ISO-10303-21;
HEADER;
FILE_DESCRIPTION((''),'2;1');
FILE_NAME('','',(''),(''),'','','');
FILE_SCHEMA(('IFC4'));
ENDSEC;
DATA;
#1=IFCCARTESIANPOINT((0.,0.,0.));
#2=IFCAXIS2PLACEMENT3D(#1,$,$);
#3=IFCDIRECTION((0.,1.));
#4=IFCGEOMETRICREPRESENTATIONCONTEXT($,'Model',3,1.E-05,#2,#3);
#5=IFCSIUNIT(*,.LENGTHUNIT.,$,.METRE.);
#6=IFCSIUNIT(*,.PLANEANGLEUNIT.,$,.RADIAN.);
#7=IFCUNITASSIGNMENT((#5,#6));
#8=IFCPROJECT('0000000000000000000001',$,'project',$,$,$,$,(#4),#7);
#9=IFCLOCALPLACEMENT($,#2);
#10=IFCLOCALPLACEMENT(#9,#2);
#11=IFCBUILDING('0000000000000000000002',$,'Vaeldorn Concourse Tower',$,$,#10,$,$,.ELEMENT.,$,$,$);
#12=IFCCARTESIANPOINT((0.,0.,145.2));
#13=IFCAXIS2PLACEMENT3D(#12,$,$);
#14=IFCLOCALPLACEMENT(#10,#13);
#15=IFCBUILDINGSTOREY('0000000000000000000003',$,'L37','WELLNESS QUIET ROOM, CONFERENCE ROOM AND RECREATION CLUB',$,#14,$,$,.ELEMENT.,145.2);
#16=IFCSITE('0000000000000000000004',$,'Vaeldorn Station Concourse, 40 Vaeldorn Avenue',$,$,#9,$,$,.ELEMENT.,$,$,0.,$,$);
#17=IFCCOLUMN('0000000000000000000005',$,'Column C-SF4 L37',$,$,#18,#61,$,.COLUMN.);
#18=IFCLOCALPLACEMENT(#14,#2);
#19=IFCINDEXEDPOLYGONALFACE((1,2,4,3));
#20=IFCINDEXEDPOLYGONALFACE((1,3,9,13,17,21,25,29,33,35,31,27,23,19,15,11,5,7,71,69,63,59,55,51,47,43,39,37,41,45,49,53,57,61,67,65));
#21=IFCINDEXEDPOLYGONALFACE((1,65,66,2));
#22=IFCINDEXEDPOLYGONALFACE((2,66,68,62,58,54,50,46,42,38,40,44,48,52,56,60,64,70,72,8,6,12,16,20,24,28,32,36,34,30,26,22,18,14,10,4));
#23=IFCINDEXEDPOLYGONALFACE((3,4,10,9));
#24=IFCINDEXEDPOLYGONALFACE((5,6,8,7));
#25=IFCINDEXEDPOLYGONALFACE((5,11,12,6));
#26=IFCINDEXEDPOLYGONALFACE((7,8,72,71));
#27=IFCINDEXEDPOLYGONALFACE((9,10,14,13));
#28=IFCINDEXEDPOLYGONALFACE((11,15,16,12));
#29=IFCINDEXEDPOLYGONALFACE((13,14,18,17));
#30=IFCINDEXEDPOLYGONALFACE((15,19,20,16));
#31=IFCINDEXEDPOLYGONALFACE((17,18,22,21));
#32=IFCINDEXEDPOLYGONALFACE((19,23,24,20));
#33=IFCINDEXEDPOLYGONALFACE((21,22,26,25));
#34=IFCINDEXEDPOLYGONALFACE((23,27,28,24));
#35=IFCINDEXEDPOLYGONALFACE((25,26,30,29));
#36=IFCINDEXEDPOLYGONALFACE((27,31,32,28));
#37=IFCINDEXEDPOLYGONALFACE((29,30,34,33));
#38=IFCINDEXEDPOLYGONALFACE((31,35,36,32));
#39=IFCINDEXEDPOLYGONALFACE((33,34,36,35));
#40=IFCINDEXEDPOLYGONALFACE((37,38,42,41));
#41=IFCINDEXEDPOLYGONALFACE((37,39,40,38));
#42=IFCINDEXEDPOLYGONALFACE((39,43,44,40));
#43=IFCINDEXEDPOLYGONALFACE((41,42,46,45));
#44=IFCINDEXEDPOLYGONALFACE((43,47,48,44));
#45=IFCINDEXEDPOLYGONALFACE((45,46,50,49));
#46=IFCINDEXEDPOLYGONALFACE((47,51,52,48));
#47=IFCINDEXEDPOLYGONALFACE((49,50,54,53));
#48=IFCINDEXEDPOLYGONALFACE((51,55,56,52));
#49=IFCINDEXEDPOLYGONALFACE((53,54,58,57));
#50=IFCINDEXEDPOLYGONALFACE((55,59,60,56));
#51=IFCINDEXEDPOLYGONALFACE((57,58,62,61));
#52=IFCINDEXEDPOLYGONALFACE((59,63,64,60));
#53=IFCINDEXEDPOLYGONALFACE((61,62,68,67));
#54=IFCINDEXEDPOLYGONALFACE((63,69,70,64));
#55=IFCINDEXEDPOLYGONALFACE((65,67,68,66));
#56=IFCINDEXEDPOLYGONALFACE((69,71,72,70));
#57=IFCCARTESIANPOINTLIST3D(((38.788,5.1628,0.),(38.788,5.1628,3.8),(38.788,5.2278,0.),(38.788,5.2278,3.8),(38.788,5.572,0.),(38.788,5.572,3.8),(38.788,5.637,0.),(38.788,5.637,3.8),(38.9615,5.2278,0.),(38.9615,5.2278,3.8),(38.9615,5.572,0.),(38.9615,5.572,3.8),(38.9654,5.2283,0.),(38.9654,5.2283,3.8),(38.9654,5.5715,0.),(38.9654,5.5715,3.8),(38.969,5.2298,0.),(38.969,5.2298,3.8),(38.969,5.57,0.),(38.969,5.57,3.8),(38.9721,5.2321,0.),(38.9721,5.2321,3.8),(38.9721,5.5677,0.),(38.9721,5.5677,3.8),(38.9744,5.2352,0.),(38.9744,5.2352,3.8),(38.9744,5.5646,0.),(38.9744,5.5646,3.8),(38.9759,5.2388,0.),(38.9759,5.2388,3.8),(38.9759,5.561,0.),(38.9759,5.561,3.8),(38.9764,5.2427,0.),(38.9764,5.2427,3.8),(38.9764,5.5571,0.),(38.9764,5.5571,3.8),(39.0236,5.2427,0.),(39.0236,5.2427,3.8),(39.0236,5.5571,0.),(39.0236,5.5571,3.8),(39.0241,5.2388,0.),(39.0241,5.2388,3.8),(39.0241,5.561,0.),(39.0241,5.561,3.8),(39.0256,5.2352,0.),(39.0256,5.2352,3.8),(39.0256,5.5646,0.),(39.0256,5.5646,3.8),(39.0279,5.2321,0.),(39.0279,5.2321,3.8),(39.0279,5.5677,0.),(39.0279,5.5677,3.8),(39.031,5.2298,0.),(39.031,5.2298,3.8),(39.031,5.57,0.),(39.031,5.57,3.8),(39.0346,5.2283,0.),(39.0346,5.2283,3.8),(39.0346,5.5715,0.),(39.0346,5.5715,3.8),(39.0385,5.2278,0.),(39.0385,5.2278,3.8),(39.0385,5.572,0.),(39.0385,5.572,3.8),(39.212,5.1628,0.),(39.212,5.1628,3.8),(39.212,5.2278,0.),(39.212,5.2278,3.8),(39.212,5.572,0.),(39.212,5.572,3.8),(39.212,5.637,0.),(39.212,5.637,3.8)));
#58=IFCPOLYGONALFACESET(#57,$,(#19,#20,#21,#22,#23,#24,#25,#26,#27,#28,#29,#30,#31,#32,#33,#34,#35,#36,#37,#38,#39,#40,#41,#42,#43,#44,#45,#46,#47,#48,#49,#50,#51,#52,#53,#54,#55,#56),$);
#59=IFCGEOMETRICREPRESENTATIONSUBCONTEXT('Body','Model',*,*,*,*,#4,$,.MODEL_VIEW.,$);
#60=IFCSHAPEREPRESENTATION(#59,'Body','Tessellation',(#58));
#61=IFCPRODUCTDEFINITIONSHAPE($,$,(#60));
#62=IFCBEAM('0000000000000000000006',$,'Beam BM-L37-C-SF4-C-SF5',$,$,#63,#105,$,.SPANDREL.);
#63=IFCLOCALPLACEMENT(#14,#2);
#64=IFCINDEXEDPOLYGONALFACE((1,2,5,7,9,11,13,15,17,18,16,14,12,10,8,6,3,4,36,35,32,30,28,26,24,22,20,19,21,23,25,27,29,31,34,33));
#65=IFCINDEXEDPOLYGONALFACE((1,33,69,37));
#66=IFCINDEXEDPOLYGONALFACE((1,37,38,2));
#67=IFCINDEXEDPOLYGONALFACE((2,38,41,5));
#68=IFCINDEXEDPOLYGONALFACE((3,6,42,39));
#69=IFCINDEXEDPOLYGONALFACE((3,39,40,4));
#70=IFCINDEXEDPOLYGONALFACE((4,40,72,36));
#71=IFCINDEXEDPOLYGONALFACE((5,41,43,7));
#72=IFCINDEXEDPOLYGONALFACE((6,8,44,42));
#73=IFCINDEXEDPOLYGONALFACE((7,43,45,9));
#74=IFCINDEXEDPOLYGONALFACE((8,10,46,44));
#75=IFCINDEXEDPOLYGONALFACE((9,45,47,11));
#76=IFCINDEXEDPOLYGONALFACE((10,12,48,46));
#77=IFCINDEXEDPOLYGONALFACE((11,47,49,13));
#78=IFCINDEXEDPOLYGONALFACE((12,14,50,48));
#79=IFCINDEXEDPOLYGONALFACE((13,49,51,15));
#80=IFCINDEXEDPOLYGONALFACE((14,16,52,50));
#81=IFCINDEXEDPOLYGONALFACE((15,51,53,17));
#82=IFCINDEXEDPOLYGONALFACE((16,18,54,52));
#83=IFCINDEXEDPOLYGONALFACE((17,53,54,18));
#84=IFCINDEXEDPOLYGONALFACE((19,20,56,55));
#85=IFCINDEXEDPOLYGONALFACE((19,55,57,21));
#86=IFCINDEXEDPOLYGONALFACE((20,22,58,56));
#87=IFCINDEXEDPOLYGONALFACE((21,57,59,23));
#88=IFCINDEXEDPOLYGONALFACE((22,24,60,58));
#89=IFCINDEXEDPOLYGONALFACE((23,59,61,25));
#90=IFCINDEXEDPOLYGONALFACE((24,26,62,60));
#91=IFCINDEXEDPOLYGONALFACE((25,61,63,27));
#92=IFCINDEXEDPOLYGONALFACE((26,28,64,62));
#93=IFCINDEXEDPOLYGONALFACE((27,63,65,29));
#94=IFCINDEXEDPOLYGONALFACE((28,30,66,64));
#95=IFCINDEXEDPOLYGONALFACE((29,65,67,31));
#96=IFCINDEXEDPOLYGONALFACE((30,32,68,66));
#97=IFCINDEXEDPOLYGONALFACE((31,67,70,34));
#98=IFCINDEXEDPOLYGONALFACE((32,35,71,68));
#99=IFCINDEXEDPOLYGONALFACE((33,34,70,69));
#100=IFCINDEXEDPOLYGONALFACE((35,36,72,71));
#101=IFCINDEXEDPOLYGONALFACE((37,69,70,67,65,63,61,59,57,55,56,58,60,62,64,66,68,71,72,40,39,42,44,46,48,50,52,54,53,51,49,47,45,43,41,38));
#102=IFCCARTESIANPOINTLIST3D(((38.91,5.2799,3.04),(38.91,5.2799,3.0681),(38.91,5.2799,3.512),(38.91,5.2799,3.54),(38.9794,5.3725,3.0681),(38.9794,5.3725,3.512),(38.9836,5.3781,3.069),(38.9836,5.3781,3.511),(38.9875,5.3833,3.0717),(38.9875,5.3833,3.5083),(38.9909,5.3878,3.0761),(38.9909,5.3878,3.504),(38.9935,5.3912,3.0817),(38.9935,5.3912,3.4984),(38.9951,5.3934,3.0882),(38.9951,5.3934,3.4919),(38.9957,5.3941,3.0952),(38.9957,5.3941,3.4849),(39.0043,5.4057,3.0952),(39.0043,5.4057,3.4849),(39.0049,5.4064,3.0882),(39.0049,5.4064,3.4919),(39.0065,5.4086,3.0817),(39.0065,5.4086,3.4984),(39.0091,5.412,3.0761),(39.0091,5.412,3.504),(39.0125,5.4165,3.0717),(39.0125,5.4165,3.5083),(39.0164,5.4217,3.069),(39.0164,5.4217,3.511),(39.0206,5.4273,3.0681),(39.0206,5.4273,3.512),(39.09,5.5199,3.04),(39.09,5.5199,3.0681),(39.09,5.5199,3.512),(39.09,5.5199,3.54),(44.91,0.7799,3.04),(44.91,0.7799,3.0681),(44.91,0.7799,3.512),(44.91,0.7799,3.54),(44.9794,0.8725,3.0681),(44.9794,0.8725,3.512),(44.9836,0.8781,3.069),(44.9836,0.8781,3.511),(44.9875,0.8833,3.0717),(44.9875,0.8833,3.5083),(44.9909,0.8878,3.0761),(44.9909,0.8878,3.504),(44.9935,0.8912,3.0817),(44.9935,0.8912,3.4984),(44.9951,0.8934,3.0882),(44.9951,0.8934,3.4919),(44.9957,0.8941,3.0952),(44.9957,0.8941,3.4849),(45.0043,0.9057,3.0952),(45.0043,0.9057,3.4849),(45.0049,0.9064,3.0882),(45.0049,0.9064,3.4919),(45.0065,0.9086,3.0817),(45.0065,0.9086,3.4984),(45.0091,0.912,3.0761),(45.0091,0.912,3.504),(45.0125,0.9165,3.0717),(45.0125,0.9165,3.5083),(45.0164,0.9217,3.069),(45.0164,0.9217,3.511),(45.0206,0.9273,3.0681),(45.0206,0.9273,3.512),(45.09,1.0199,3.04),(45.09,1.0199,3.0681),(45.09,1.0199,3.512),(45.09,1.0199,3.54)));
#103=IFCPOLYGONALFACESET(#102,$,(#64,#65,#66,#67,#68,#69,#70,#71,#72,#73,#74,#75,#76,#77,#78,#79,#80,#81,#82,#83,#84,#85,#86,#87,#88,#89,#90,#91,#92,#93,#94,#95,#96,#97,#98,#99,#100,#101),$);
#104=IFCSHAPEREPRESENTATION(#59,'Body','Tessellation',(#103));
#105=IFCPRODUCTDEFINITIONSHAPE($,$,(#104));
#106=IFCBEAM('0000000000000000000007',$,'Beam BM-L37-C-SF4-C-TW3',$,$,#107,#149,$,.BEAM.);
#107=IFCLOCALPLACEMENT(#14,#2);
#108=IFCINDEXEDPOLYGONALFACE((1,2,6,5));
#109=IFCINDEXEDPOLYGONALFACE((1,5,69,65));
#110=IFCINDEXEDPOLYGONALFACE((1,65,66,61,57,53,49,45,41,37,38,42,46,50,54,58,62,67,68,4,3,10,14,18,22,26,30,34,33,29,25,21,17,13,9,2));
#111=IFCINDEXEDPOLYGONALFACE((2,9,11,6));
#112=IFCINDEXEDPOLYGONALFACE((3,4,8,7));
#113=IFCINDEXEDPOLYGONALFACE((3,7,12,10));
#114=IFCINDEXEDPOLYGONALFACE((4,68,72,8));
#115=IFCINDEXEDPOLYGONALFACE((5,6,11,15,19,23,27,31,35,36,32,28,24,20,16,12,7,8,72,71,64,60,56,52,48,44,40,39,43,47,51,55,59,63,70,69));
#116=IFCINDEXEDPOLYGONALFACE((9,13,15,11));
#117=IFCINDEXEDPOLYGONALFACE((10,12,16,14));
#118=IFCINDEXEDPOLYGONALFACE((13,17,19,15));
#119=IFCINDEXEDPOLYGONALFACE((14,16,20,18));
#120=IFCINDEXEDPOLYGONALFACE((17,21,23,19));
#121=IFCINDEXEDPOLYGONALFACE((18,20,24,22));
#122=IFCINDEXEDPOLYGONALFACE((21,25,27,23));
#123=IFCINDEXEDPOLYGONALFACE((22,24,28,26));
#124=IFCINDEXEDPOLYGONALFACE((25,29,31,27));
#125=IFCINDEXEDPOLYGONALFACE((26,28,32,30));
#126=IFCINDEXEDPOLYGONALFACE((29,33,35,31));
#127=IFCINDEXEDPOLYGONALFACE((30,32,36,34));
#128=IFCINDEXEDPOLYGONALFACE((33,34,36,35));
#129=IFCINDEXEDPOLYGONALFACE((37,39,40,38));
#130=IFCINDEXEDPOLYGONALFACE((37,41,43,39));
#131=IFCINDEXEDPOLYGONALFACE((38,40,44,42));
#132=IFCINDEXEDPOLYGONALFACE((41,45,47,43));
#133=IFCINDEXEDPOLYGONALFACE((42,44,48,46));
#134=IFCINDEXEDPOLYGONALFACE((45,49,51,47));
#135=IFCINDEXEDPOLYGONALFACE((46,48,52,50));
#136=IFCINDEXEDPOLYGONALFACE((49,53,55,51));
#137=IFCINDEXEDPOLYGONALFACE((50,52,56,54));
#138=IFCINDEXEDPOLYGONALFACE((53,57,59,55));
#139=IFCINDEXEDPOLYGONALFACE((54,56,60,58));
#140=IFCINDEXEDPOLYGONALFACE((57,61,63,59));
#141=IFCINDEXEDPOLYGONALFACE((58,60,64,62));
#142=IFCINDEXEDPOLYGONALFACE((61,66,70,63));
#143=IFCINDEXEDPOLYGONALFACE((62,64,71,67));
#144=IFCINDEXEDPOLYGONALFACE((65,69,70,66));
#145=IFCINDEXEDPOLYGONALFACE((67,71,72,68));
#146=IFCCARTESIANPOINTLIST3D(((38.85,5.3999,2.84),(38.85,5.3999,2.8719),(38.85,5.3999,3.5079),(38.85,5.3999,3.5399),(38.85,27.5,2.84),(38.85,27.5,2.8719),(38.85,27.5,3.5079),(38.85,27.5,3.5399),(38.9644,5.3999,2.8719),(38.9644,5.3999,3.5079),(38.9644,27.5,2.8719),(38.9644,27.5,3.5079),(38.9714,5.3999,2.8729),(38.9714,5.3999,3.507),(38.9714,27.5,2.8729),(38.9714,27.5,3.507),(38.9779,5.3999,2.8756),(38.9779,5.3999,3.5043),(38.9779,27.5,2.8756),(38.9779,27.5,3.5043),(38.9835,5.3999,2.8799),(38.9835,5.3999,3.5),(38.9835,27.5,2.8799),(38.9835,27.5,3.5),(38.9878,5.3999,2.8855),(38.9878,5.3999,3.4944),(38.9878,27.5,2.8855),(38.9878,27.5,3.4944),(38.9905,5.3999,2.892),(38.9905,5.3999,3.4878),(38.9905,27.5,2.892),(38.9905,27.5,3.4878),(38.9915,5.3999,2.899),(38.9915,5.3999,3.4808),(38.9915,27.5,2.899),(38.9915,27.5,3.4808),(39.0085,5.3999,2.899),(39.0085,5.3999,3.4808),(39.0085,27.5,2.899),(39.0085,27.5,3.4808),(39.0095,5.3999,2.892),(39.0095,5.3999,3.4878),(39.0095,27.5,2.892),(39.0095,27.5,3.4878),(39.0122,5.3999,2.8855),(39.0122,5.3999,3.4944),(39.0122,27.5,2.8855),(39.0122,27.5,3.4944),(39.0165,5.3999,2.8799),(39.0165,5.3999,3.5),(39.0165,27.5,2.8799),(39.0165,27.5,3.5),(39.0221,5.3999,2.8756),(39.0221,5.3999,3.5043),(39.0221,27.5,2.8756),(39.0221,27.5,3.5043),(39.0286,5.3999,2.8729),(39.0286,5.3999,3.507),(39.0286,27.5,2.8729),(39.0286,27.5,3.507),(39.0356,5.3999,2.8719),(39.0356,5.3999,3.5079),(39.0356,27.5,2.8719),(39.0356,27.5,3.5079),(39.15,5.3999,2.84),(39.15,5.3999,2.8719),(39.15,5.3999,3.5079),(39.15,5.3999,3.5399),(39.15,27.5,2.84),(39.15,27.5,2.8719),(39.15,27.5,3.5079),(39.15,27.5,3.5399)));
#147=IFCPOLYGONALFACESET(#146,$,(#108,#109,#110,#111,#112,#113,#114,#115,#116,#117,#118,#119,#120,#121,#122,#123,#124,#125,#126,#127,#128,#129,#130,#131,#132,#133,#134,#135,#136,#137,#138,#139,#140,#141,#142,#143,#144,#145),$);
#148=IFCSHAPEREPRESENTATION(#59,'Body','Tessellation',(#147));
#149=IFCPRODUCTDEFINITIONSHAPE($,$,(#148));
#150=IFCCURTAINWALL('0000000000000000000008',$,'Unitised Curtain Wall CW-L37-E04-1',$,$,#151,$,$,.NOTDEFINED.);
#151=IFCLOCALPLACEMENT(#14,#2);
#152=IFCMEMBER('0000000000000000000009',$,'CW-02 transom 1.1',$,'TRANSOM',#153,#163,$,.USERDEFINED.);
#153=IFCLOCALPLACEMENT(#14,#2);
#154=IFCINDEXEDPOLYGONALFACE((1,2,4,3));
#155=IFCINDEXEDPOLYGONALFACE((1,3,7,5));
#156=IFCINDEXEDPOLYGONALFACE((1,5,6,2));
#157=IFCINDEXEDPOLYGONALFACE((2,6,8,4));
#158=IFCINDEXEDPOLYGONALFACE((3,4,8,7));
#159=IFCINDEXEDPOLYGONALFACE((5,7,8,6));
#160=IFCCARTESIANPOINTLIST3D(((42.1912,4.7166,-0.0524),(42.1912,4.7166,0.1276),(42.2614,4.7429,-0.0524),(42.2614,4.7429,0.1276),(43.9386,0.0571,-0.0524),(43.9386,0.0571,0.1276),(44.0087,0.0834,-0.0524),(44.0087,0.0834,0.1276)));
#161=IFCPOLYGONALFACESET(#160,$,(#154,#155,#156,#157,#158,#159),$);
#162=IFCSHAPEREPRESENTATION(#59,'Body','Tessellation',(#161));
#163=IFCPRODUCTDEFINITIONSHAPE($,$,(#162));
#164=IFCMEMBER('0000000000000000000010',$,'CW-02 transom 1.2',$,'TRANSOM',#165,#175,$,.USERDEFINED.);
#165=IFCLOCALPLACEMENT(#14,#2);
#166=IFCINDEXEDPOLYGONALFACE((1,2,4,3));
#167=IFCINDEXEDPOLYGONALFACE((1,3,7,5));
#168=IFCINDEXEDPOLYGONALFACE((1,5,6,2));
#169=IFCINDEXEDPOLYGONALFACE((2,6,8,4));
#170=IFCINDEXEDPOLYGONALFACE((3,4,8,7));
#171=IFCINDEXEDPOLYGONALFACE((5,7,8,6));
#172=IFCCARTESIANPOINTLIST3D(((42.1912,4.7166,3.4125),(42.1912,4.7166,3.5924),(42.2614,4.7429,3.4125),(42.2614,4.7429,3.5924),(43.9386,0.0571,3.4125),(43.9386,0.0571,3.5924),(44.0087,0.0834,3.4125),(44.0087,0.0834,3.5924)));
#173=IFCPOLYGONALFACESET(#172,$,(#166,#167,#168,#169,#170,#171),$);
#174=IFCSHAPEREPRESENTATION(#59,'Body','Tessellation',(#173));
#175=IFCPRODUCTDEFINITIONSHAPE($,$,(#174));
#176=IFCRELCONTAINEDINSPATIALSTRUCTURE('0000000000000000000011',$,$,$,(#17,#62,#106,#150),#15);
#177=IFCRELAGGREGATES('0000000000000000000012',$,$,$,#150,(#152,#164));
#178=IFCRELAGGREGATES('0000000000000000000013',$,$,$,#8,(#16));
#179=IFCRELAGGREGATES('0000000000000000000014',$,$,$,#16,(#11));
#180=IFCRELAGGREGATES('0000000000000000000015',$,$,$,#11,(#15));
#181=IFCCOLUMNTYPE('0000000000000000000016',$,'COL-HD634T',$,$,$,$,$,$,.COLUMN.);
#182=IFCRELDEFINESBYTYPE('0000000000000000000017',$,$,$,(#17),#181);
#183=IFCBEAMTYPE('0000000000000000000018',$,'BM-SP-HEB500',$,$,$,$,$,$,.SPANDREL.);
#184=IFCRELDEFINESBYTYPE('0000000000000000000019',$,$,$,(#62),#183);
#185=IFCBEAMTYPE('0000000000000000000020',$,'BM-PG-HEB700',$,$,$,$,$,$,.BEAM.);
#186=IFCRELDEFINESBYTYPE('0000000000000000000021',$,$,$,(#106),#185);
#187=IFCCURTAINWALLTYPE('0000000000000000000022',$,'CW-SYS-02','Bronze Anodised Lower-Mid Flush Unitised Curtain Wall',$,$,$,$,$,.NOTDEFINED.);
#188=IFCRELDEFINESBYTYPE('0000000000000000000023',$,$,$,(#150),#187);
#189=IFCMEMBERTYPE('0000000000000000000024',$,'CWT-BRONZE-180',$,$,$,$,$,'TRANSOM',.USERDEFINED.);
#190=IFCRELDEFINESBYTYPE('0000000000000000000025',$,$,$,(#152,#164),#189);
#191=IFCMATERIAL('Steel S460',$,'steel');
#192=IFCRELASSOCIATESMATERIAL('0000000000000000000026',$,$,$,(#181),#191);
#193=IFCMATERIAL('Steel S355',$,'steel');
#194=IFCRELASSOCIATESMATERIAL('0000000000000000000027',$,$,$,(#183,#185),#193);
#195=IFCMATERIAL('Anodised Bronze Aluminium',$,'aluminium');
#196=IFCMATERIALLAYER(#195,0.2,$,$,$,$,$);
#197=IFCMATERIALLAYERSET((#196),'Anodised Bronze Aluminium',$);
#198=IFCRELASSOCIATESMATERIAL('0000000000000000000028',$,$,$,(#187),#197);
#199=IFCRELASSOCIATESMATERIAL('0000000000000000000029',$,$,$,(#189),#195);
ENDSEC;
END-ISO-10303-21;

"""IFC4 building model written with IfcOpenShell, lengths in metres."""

from ifc_helpers import new_model, si_unit, direction, frame, origin, origin_2d, place, context, subcontext, project, spatial, rectangle, i_section, extrude, source, transform, mapped, material, layer, layer_set, material_profile, profile_set, type_object, element, aggregate, save


model = new_model("IFC4")

# Units and contexts
model_context = context("Model", 3, precision=1e-05, world=origin(), true_north=direction((0.0, 1.0)))
body_context = subcontext(model_context, "Body", "Model", "MODEL_VIEW")
ifc_project = project(units=[si_unit("LENGTHUNIT", "METRE"), si_unit("PLANEANGLEUNIT", "RADIAN")], contexts=[model_context])

# Site, building, storey
site_placement = place(None, origin())
site = spatial("IfcSite", under=ifc_project, at=site_placement, Name="Vaeldorn Station Concourse, 40 Vaeldorn Avenue", CompositionType="ELEMENT", RefElevation=0.0)
building_placement = place(site_placement, origin())
building = spatial("IfcBuilding", under=site, at=building_placement, Name="Vaeldorn Concourse Tower", CompositionType="ELEMENT")
storey_placement = place(building_placement, frame((0.0, 0.0, 145.2)))
storey = spatial("IfcBuildingStorey", under=building, at=storey_placement, Name="L37", Description="WELLNESS QUIET ROOM, CONFERENCE ROOM AND RECREATION CLUB", CompositionType="ELEMENT", Elevation=145.2)

# Column
ifc_material_1 = material(Name="Steel S460", Category="steel")
ifc_material_profile_1 = material_profile(ifc_material_1, i_section(OverallWidth=0.4241, OverallDepth=0.4741, WebThickness=0.0471, FlangeThickness=0.0649, FilletRadius=0.0149, at=origin_2d()), Name="HD 400x634")
ifc_profile_set_1 = profile_set([ifc_material_profile_1], Name="Steel S460")
column_type = type_object("IfcColumnType", Name="COL-HD634T", PredefinedType="COLUMN", material=ifc_profile_set_1)
shared_shape_1 = source(origin(), body_context, "Body", "SweptSolid", [
    extrude(i_section(OverallWidth=0.4241, OverallDepth=0.4741, WebThickness=0.0471, FlangeThickness=0.0649, FilletRadius=0.0149, at=origin_2d()), origin(), (0.0, 0.0, 1.0), 3.8),
])
column_placement = place(storey_placement, frame((39.0, 5.3999, 0.0), z_axis=(0.0, 0.0, 1.0), x_axis=(1.0, 0.0, 0.0)))
element("IfcColumn", 1, at=column_placement, inside=storey, type_object=column_type, Name="Column C-SF4 L37", PredefinedType="COLUMN", context=body_context, shape_type="MappedRepresentation", body=[
    mapped(shared_shape_1, transform((0.0, 0.0, 0.0), scale=1.0)),
])

# Beams
ifc_material_2 = material(Name="Steel S355", Category="steel")
ifc_material_profile_2 = material_profile(ifc_material_2, i_section(OverallWidth=0.3, OverallDepth=0.5, WebThickness=0.0144, FlangeThickness=0.0281, FilletRadius=0.0271, at=origin_2d()), Name="HEB 500")
ifc_profile_set_2 = profile_set([ifc_material_profile_2], Name="Steel S355")
beam_type_1 = type_object("IfcBeamType", Name="BM-SP-HEB500", PredefinedType="SPANDREL", material=ifc_profile_set_2)
shared_shape_2 = source(origin(), body_context, "Body", "SweptSolid", [
    extrude(i_section(OverallWidth=0.3, OverallDepth=0.5, WebThickness=0.0144, FlangeThickness=0.0281, FilletRadius=0.0271, at=origin_2d()), origin(), (0.0, 0.0, 1.0), 7.5),
])
beam_1_placement = place(storey_placement, frame((39.0, 5.3999, 3.29), z_axis=(0.8, -0.6, 0.0), x_axis=(0.6, 0.8, 0.0)))
element("IfcBeam", 2, at=beam_1_placement, inside=storey, type_object=beam_type_1, Name="Beam BM-L37-C-SF4-C-SF5", PredefinedType="SPANDREL", context=body_context, shape_type="MappedRepresentation", body=[
    mapped(shared_shape_2, transform((0.0, 0.0, 0.0), scale=1.0)),
])
ifc_material_profile_3 = material_profile(ifc_material_2, i_section(OverallWidth=0.3, OverallDepth=0.7, WebThickness=0.0171, FlangeThickness=0.032, FilletRadius=0.0271, at=origin_2d()), Name="HEB 700")
ifc_profile_set_3 = profile_set([ifc_material_profile_3], Name="Steel S355")
beam_type_2 = type_object("IfcBeamType", Name="BM-PG-HEB700", PredefinedType="BEAM", material=ifc_profile_set_3)
shared_shape_3 = source(origin(), body_context, "Body", "SweptSolid", [
    extrude(i_section(OverallWidth=0.3, OverallDepth=0.7, WebThickness=0.0171, FlangeThickness=0.032, FilletRadius=0.0271, at=origin_2d()), origin(), (0.0, 0.0, 1.0), 22.1001),
])
beam_2_placement = place(storey_placement, frame((39.0, 5.3999, 3.1899), z_axis=(0.0, 1.0, 0.0), x_axis=(-1.0, 0.0, 0.0)))
element("IfcBeam", 3, at=beam_2_placement, inside=storey, type_object=beam_type_2, Name="Beam BM-L37-C-SF4-C-TW3", PredefinedType="BEAM", context=body_context, shape_type="MappedRepresentation", body=[
    mapped(shared_shape_3, transform((0.0, 0.0, 0.0), scale=1.0)),
])

# Curtain wall, members
ifc_material_3 = material(Name="Anodised Bronze Aluminium", Category="aluminium")
ifc_layer_1 = layer(ifc_material_3, 0.2)
ifc_layer_set_1 = layer_set([ifc_layer_1], Name="Anodised Bronze Aluminium")
curtain_wall_type = type_object("IfcCurtainWallType", Name="CW-SYS-02", Description="Bronze Anodised Lower-Mid Flush Unitised Curtain Wall", PredefinedType="NOTDEFINED", material=ifc_layer_set_1)
curtain_wall_1_placement = place(storey_placement, origin())
curtain_wall_1 = element("IfcCurtainWall", 4, at=curtain_wall_1_placement, inside=storey, type_object=curtain_wall_type, Name="Unitised Curtain Wall CW-L37-E04-1", PredefinedType="NOTDEFINED")
ifc_material_profile_4 = material_profile(ifc_material_3, rectangle(XDim=0.075, YDim=0.1799, at=origin_2d()), Name="CWT 75x180")
ifc_profile_set_4 = profile_set([ifc_material_profile_4], Name="Anodised Bronze Aluminium")
member_type_1 = type_object("IfcMemberType", Name="CWT-BRONZE-180", ElementType="TRANSOM", PredefinedType="USERDEFINED", material=ifc_profile_set_4)
shared_shape_4 = source(origin(), body_context, "Body", "SweptSolid", [
    extrude(rectangle(XDim=0.075, YDim=0.1799, at=origin_2d()), origin(), (0.0, 0.0, 1.0), 4.9763),
])
member_1_placement = place(storey_placement, frame((42.2263, 4.7297, 0.0376), z_axis=(0.351129, -0.936327, 0.0), x_axis=(0.936327, 0.351129, 0.0)))
member_1 = element("IfcMember", 5, at=member_1_placement, type_object=member_type_1, Name="CW-02 transom 1.1", ObjectType="TRANSOM", PredefinedType="USERDEFINED", context=body_context, shape_type="MappedRepresentation", body=[
    mapped(shared_shape_4, transform((0.0, 0.0, 0.0), scale=1.0)),
])
member_2_placement = place(storey_placement, frame((42.2263, 4.7297, 3.5024), z_axis=(0.351129, -0.936327, 0.0), x_axis=(0.936327, 0.351129, 0.0)))
member_2 = element("IfcMember", 6, at=member_2_placement, type_object=member_type_1, Name="CW-02 transom 1.2", ObjectType="TRANSOM", PredefinedType="USERDEFINED", context=body_context, shape_type="MappedRepresentation", body=[
    mapped(shared_shape_4, transform((0.0, 0.0, 0.0), scale=1.0)),
])

aggregate(curtain_wall_1, [member_1, member_2])

save(model, "model.ifc")
